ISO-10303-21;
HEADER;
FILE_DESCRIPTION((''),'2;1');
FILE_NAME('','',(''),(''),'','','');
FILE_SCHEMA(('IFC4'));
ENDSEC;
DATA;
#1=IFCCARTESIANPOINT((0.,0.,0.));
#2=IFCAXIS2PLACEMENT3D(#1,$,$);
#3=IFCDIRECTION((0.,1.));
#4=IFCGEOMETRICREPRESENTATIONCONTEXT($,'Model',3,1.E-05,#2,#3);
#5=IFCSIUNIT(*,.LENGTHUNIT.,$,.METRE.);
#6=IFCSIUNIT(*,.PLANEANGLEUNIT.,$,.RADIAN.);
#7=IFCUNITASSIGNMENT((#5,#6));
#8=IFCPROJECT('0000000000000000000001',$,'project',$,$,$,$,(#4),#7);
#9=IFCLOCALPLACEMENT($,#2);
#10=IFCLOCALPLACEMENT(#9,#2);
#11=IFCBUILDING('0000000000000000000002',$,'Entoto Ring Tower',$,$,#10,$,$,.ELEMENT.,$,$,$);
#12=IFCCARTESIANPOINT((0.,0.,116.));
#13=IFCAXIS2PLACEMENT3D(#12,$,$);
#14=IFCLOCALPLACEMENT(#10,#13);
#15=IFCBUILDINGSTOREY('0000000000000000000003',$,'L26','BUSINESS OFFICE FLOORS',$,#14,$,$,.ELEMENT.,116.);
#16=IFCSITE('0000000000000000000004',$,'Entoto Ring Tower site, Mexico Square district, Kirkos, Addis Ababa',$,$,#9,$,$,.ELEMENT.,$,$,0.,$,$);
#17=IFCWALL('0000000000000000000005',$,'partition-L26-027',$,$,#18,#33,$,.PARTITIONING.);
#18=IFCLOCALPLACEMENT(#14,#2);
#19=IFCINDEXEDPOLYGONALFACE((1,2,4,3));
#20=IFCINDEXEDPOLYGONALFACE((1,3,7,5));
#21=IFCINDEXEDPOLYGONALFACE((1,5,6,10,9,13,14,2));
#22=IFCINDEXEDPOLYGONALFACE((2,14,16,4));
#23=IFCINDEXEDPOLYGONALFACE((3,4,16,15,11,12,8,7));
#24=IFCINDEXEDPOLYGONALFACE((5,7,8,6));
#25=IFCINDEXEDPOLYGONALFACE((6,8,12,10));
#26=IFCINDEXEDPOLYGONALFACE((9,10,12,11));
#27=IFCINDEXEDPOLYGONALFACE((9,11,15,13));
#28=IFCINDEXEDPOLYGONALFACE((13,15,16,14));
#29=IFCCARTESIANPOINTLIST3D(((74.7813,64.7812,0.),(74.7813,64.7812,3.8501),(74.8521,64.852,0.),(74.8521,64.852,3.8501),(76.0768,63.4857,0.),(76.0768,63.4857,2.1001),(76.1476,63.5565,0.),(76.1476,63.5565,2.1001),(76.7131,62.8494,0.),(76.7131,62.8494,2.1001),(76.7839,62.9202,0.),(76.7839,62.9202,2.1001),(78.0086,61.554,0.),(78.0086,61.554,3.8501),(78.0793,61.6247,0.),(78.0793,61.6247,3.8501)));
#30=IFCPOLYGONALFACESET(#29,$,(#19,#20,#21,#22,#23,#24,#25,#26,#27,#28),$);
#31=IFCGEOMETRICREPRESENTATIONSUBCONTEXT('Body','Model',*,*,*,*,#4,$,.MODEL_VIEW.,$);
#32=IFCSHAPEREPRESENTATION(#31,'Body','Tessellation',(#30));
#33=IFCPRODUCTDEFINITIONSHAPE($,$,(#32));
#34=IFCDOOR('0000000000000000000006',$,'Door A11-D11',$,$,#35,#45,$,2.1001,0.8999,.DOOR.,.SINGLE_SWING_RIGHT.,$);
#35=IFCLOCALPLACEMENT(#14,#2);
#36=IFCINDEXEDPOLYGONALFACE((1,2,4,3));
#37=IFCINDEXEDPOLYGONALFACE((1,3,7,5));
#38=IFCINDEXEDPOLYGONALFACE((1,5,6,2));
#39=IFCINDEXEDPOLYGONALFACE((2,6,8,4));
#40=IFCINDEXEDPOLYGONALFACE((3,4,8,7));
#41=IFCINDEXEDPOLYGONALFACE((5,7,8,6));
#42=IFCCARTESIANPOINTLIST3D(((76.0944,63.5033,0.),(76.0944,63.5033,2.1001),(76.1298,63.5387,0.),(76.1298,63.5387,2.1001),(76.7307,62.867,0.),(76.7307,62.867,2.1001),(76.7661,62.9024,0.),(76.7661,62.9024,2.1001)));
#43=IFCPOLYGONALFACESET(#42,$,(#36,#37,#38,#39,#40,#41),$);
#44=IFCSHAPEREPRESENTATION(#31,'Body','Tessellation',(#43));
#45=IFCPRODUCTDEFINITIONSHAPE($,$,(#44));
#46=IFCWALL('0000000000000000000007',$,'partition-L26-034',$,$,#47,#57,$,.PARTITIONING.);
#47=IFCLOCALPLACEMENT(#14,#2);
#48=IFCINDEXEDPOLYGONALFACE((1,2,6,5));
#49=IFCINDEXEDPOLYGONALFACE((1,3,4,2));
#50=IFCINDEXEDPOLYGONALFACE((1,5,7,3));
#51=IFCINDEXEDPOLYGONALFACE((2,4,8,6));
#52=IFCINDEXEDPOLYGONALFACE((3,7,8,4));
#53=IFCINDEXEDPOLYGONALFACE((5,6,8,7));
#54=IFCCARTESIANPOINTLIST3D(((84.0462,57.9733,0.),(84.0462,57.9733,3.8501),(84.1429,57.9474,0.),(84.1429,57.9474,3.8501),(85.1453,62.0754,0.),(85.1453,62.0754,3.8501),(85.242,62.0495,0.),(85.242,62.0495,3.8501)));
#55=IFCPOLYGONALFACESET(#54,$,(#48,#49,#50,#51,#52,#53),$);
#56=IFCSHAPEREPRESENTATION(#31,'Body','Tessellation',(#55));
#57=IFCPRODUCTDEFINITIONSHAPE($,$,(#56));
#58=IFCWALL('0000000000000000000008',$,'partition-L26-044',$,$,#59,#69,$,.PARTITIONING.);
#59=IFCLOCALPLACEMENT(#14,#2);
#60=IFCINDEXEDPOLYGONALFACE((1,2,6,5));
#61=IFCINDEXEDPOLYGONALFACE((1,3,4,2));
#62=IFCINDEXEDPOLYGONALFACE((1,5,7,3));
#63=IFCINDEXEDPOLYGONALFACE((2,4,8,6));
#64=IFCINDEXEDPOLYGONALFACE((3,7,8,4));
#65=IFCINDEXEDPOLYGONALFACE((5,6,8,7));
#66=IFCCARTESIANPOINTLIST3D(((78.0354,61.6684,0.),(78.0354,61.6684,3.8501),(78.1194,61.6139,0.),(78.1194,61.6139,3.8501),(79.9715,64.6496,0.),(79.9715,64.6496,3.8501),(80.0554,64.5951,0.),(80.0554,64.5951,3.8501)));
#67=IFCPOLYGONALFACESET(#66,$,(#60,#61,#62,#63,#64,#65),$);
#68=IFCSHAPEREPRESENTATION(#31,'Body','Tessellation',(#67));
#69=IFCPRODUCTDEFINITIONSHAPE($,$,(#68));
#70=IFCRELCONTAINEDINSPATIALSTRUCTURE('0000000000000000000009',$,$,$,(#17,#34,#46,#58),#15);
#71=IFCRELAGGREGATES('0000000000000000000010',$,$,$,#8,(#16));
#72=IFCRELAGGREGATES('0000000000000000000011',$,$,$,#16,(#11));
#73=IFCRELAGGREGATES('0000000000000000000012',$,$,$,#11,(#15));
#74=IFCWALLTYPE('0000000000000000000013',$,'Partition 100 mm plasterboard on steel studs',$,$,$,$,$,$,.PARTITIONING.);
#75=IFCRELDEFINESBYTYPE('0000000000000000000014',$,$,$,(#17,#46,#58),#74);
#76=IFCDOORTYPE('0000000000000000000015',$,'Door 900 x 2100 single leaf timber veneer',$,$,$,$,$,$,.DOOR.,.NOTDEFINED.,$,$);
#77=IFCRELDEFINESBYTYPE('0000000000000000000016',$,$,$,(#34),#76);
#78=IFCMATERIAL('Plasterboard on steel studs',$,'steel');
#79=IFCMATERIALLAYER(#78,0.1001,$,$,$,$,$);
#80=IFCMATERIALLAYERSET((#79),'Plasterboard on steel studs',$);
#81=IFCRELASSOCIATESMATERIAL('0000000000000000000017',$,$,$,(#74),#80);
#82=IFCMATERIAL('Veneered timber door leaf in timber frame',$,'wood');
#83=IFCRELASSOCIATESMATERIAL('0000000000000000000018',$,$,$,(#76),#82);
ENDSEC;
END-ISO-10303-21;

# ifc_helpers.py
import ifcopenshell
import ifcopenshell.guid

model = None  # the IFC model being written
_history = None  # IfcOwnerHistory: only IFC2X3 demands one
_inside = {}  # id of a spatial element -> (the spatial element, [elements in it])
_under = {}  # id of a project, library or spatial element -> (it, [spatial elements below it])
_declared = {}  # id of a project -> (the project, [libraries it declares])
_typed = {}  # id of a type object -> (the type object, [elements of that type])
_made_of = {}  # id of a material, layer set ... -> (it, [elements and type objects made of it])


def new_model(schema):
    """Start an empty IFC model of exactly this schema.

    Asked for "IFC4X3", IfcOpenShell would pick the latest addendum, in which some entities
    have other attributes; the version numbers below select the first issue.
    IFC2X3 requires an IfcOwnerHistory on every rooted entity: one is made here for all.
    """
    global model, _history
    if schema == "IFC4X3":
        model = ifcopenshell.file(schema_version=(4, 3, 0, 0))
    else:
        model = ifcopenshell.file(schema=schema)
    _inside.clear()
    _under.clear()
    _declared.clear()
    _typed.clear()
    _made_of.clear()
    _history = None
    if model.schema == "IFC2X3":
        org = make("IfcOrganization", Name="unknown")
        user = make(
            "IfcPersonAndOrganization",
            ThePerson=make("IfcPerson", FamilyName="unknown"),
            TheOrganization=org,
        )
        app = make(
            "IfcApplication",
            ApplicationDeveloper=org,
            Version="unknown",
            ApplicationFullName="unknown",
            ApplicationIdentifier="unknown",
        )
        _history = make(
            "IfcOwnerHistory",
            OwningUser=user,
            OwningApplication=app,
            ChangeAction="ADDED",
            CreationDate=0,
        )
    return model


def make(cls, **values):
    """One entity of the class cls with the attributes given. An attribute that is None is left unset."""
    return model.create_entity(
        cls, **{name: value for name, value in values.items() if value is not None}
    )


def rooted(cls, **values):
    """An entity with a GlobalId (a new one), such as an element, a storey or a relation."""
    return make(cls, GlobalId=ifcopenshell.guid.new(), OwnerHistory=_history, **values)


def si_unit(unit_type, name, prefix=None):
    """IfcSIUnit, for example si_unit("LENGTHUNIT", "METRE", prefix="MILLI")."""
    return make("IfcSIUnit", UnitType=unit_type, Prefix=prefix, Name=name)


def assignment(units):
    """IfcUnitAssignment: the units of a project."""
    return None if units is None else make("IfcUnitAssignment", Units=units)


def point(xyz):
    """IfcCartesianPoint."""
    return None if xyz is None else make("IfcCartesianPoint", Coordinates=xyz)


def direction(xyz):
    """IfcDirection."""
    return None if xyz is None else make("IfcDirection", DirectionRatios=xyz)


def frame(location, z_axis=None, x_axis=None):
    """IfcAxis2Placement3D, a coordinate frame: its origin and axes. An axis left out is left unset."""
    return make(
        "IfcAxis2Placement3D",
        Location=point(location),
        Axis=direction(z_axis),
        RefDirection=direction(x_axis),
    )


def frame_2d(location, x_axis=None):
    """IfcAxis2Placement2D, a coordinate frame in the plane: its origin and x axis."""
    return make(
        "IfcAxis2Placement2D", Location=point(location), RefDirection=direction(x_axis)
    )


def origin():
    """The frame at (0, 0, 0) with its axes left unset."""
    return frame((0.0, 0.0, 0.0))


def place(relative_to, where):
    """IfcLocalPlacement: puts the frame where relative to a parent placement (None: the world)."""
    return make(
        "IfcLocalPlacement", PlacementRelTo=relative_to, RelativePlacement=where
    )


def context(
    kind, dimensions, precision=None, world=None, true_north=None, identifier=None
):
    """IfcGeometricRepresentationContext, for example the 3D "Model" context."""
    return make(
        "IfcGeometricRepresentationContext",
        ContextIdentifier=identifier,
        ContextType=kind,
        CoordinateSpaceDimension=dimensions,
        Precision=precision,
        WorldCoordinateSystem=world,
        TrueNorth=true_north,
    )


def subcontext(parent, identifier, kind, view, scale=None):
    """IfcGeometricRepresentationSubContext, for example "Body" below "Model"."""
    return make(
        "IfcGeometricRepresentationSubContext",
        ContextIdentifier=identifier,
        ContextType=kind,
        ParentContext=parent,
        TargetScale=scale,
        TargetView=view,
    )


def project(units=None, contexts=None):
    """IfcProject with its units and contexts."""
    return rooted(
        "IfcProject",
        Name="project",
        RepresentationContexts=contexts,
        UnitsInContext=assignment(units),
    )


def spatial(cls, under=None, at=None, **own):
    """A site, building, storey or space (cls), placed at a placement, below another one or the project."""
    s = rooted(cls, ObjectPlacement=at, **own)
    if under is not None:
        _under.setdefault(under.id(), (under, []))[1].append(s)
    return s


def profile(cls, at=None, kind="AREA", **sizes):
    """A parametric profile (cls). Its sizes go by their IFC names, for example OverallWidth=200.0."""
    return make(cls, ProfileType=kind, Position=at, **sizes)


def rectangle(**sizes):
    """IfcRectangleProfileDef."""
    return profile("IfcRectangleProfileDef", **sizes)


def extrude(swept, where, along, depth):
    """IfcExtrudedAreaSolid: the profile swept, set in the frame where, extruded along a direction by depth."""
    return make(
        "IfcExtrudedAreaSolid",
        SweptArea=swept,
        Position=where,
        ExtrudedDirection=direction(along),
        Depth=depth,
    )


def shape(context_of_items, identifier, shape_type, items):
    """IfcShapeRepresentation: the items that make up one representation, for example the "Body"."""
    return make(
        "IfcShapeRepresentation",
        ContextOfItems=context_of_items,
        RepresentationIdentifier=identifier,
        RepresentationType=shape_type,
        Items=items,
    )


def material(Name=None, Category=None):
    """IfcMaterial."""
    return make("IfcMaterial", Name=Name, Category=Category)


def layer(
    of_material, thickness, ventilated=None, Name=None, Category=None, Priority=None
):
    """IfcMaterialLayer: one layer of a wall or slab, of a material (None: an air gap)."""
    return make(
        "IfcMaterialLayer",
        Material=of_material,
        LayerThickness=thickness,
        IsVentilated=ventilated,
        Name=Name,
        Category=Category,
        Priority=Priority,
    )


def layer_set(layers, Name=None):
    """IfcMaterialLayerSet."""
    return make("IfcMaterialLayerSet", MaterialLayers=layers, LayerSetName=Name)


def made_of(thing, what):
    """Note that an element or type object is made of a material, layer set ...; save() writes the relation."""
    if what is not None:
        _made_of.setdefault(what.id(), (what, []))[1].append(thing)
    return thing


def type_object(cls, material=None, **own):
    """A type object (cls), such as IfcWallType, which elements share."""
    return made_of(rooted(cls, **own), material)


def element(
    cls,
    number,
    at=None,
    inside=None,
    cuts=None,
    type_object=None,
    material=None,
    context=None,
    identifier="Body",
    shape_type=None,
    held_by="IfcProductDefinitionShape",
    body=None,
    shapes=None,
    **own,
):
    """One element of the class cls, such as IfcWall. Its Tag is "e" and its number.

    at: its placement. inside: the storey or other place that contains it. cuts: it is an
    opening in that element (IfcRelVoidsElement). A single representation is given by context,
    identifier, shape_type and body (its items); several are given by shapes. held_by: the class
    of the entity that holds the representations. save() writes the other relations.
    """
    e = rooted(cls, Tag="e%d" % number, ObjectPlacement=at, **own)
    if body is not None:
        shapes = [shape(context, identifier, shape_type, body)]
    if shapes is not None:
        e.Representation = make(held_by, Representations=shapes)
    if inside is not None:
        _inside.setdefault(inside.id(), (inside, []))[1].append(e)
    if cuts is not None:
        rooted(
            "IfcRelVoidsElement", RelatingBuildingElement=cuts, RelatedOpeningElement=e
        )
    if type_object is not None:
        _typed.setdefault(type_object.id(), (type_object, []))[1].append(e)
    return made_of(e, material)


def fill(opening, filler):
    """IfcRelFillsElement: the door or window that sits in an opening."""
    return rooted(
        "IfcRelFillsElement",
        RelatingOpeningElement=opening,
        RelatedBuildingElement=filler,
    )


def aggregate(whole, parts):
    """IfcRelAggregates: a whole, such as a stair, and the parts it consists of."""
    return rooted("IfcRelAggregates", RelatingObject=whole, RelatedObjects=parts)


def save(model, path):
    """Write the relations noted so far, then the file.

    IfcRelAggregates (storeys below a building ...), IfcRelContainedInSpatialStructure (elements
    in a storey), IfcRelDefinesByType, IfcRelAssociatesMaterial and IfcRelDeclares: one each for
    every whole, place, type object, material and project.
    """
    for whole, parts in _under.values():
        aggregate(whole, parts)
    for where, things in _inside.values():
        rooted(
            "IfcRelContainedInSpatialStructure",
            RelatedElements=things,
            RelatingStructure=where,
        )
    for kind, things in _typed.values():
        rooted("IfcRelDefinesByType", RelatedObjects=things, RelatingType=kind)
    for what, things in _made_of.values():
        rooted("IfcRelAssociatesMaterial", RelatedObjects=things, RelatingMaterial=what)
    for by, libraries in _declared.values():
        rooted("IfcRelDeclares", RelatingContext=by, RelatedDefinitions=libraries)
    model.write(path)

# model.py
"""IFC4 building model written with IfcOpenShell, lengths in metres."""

from ifc_helpers import new_model, si_unit, direction, frame, frame_2d, origin, place, context, subcontext, project, spatial, rectangle, extrude, material, layer, layer_set, type_object, element, fill, save


model = new_model("IFC4")

# Units and contexts
model_context = context("Model", 3, precision=1e-05, world=origin(), true_north=direction((0.0, 1.0)))
body_context = subcontext(model_context, "Body", "Model", "MODEL_VIEW")
ifc_project = project(units=[si_unit("LENGTHUNIT", "METRE"), si_unit("PLANEANGLEUNIT", "RADIAN")], contexts=[model_context])

# Site, building, storey
site_placement = place(None, origin())
site = spatial("IfcSite", under=ifc_project, at=site_placement, Name="Entoto Ring Tower site, Mexico Square district, Kirkos, Addis Ababa", CompositionType="ELEMENT", RefElevation=0.0)
building_placement = place(site_placement, origin())
building = spatial("IfcBuilding", under=site, at=building_placement, Name="Entoto Ring Tower", CompositionType="ELEMENT")
storey_placement = place(building_placement, frame((0.0, 0.0, 116.0)))
storey = spatial("IfcBuildingStorey", under=building, at=storey_placement, Name="L26", Description="BUSINESS OFFICE FLOORS", CompositionType="ELEMENT", Elevation=116.0)

# Wall, opening, door
ifc_material_1 = material(Name="Plasterboard on steel studs", Category="steel")
ifc_layer_1 = layer(ifc_material_1, 0.1001)
ifc_layer_set_1 = layer_set([ifc_layer_1], Name="Plasterboard on steel studs")
wall_type_1 = type_object("IfcWallType", Name="Partition 100 mm plasterboard on steel studs", PredefinedType="PARTITIONING", material=ifc_layer_set_1)
ifc_material_2 = material(Name="Veneered timber door leaf in timber frame", Category="wood")
door_type_1 = type_object("IfcDoorType", Name="Door 900 x 2100 single leaf timber veneer", OperationType="NOTDEFINED", PredefinedType="DOOR", material=ifc_material_2)
wall_1_placement = place(storey_placement, frame((78.0439, 61.5894, 0.0), z_axis=(0.0, 0.0, 1.0), x_axis=(-0.707107, 0.707107, 0.0)))
wall_1 = element("IfcWall", 1, at=wall_1_placement, inside=storey, type_object=wall_type_1, Name="partition-L26-027", PredefinedType="PARTITIONING", context=body_context, shape_type="SweptSolid", body=[
    extrude(rectangle(XDim=4.564, YDim=0.1001, at=frame_2d((2.282, 0.0))), origin(), (0.0, 0.0, 1.0), 3.8501),
])
opening_1_placement = place(wall_1_placement, frame((1.832, 0.0, 0.0)))
opening_1 = element("IfcOpeningElement", 2, at=opening_1_placement, cuts=wall_1, PredefinedType="OPENING", context=body_context, shape_type="SweptSolid", body=[
    extrude(rectangle(XDim=0.8999, YDim=2.1001, at=frame_2d((0.45, 1.05))), frame((0.0, 0.0601, 0.0), z_axis=(0.0, -1.0, 0.0), x_axis=(1.0, 0.0, 0.0)), (0.0, 0.0, 1.0), 0.1201),
])
door_1_placement = place(opening_1_placement, frame((0.8999, 0.0, 0.0), z_axis=(0.0, 0.0, 1.0), x_axis=(-1.0, 0.0, 0.0)))
door_1 = element("IfcDoor", 3, at=door_1_placement, inside=storey, type_object=door_type_1, Name="Door A11-D11", OperationType="SINGLE_SWING_RIGHT", OverallHeight=2.1001, OverallWidth=0.8999, PredefinedType="DOOR", context=body_context, shape_type="SweptSolid", body=[
    extrude(rectangle(XDim=0.8999, YDim=2.1001, at=frame_2d((0.45, 1.05))), frame((0.0, 0.0249, 0.0), z_axis=(0.0, -1.0, 0.0), x_axis=(1.0, 0.0, 0.0)), (0.0, 0.0, 1.0), 0.05),
])
fill(opening_1, door_1)

# Walls
wall_2_placement = place(storey_placement, frame((84.0945, 57.9602, 0.0), z_axis=(0.0, 0.0, 1.0), x_axis=(0.258815, 0.965927, 0.0)))
element("IfcWall", 4, at=wall_2_placement, inside=storey, type_object=wall_type_1, Name="partition-L26-034", PredefinedType="PARTITIONING", context=body_context, shape_type="SweptSolid", body=[
    extrude(rectangle(XDim=4.2468, YDim=0.1001, at=frame_2d((2.1235, 0.0))), origin(), (0.0, 0.0, 1.0), 3.8501),
])
wall_3_placement = place(storey_placement, frame((78.0774, 61.6411, 0.0), z_axis=(0.0, 0.0, 1.0), x_axis=(0.544643, 0.838668, 0.0)))
element("IfcWall", 5, at=wall_3_placement, inside=storey, type_object=wall_type_1, Name="partition-L26-044", PredefinedType="PARTITIONING", context=body_context, shape_type="SweptSolid", body=[
    extrude(rectangle(XDim=3.5547, YDim=0.1001, at=frame_2d((1.7773, 0.0))), origin(), (0.0, 0.0, 1.0), 3.8501),
])

save(model, "model.ifc")
